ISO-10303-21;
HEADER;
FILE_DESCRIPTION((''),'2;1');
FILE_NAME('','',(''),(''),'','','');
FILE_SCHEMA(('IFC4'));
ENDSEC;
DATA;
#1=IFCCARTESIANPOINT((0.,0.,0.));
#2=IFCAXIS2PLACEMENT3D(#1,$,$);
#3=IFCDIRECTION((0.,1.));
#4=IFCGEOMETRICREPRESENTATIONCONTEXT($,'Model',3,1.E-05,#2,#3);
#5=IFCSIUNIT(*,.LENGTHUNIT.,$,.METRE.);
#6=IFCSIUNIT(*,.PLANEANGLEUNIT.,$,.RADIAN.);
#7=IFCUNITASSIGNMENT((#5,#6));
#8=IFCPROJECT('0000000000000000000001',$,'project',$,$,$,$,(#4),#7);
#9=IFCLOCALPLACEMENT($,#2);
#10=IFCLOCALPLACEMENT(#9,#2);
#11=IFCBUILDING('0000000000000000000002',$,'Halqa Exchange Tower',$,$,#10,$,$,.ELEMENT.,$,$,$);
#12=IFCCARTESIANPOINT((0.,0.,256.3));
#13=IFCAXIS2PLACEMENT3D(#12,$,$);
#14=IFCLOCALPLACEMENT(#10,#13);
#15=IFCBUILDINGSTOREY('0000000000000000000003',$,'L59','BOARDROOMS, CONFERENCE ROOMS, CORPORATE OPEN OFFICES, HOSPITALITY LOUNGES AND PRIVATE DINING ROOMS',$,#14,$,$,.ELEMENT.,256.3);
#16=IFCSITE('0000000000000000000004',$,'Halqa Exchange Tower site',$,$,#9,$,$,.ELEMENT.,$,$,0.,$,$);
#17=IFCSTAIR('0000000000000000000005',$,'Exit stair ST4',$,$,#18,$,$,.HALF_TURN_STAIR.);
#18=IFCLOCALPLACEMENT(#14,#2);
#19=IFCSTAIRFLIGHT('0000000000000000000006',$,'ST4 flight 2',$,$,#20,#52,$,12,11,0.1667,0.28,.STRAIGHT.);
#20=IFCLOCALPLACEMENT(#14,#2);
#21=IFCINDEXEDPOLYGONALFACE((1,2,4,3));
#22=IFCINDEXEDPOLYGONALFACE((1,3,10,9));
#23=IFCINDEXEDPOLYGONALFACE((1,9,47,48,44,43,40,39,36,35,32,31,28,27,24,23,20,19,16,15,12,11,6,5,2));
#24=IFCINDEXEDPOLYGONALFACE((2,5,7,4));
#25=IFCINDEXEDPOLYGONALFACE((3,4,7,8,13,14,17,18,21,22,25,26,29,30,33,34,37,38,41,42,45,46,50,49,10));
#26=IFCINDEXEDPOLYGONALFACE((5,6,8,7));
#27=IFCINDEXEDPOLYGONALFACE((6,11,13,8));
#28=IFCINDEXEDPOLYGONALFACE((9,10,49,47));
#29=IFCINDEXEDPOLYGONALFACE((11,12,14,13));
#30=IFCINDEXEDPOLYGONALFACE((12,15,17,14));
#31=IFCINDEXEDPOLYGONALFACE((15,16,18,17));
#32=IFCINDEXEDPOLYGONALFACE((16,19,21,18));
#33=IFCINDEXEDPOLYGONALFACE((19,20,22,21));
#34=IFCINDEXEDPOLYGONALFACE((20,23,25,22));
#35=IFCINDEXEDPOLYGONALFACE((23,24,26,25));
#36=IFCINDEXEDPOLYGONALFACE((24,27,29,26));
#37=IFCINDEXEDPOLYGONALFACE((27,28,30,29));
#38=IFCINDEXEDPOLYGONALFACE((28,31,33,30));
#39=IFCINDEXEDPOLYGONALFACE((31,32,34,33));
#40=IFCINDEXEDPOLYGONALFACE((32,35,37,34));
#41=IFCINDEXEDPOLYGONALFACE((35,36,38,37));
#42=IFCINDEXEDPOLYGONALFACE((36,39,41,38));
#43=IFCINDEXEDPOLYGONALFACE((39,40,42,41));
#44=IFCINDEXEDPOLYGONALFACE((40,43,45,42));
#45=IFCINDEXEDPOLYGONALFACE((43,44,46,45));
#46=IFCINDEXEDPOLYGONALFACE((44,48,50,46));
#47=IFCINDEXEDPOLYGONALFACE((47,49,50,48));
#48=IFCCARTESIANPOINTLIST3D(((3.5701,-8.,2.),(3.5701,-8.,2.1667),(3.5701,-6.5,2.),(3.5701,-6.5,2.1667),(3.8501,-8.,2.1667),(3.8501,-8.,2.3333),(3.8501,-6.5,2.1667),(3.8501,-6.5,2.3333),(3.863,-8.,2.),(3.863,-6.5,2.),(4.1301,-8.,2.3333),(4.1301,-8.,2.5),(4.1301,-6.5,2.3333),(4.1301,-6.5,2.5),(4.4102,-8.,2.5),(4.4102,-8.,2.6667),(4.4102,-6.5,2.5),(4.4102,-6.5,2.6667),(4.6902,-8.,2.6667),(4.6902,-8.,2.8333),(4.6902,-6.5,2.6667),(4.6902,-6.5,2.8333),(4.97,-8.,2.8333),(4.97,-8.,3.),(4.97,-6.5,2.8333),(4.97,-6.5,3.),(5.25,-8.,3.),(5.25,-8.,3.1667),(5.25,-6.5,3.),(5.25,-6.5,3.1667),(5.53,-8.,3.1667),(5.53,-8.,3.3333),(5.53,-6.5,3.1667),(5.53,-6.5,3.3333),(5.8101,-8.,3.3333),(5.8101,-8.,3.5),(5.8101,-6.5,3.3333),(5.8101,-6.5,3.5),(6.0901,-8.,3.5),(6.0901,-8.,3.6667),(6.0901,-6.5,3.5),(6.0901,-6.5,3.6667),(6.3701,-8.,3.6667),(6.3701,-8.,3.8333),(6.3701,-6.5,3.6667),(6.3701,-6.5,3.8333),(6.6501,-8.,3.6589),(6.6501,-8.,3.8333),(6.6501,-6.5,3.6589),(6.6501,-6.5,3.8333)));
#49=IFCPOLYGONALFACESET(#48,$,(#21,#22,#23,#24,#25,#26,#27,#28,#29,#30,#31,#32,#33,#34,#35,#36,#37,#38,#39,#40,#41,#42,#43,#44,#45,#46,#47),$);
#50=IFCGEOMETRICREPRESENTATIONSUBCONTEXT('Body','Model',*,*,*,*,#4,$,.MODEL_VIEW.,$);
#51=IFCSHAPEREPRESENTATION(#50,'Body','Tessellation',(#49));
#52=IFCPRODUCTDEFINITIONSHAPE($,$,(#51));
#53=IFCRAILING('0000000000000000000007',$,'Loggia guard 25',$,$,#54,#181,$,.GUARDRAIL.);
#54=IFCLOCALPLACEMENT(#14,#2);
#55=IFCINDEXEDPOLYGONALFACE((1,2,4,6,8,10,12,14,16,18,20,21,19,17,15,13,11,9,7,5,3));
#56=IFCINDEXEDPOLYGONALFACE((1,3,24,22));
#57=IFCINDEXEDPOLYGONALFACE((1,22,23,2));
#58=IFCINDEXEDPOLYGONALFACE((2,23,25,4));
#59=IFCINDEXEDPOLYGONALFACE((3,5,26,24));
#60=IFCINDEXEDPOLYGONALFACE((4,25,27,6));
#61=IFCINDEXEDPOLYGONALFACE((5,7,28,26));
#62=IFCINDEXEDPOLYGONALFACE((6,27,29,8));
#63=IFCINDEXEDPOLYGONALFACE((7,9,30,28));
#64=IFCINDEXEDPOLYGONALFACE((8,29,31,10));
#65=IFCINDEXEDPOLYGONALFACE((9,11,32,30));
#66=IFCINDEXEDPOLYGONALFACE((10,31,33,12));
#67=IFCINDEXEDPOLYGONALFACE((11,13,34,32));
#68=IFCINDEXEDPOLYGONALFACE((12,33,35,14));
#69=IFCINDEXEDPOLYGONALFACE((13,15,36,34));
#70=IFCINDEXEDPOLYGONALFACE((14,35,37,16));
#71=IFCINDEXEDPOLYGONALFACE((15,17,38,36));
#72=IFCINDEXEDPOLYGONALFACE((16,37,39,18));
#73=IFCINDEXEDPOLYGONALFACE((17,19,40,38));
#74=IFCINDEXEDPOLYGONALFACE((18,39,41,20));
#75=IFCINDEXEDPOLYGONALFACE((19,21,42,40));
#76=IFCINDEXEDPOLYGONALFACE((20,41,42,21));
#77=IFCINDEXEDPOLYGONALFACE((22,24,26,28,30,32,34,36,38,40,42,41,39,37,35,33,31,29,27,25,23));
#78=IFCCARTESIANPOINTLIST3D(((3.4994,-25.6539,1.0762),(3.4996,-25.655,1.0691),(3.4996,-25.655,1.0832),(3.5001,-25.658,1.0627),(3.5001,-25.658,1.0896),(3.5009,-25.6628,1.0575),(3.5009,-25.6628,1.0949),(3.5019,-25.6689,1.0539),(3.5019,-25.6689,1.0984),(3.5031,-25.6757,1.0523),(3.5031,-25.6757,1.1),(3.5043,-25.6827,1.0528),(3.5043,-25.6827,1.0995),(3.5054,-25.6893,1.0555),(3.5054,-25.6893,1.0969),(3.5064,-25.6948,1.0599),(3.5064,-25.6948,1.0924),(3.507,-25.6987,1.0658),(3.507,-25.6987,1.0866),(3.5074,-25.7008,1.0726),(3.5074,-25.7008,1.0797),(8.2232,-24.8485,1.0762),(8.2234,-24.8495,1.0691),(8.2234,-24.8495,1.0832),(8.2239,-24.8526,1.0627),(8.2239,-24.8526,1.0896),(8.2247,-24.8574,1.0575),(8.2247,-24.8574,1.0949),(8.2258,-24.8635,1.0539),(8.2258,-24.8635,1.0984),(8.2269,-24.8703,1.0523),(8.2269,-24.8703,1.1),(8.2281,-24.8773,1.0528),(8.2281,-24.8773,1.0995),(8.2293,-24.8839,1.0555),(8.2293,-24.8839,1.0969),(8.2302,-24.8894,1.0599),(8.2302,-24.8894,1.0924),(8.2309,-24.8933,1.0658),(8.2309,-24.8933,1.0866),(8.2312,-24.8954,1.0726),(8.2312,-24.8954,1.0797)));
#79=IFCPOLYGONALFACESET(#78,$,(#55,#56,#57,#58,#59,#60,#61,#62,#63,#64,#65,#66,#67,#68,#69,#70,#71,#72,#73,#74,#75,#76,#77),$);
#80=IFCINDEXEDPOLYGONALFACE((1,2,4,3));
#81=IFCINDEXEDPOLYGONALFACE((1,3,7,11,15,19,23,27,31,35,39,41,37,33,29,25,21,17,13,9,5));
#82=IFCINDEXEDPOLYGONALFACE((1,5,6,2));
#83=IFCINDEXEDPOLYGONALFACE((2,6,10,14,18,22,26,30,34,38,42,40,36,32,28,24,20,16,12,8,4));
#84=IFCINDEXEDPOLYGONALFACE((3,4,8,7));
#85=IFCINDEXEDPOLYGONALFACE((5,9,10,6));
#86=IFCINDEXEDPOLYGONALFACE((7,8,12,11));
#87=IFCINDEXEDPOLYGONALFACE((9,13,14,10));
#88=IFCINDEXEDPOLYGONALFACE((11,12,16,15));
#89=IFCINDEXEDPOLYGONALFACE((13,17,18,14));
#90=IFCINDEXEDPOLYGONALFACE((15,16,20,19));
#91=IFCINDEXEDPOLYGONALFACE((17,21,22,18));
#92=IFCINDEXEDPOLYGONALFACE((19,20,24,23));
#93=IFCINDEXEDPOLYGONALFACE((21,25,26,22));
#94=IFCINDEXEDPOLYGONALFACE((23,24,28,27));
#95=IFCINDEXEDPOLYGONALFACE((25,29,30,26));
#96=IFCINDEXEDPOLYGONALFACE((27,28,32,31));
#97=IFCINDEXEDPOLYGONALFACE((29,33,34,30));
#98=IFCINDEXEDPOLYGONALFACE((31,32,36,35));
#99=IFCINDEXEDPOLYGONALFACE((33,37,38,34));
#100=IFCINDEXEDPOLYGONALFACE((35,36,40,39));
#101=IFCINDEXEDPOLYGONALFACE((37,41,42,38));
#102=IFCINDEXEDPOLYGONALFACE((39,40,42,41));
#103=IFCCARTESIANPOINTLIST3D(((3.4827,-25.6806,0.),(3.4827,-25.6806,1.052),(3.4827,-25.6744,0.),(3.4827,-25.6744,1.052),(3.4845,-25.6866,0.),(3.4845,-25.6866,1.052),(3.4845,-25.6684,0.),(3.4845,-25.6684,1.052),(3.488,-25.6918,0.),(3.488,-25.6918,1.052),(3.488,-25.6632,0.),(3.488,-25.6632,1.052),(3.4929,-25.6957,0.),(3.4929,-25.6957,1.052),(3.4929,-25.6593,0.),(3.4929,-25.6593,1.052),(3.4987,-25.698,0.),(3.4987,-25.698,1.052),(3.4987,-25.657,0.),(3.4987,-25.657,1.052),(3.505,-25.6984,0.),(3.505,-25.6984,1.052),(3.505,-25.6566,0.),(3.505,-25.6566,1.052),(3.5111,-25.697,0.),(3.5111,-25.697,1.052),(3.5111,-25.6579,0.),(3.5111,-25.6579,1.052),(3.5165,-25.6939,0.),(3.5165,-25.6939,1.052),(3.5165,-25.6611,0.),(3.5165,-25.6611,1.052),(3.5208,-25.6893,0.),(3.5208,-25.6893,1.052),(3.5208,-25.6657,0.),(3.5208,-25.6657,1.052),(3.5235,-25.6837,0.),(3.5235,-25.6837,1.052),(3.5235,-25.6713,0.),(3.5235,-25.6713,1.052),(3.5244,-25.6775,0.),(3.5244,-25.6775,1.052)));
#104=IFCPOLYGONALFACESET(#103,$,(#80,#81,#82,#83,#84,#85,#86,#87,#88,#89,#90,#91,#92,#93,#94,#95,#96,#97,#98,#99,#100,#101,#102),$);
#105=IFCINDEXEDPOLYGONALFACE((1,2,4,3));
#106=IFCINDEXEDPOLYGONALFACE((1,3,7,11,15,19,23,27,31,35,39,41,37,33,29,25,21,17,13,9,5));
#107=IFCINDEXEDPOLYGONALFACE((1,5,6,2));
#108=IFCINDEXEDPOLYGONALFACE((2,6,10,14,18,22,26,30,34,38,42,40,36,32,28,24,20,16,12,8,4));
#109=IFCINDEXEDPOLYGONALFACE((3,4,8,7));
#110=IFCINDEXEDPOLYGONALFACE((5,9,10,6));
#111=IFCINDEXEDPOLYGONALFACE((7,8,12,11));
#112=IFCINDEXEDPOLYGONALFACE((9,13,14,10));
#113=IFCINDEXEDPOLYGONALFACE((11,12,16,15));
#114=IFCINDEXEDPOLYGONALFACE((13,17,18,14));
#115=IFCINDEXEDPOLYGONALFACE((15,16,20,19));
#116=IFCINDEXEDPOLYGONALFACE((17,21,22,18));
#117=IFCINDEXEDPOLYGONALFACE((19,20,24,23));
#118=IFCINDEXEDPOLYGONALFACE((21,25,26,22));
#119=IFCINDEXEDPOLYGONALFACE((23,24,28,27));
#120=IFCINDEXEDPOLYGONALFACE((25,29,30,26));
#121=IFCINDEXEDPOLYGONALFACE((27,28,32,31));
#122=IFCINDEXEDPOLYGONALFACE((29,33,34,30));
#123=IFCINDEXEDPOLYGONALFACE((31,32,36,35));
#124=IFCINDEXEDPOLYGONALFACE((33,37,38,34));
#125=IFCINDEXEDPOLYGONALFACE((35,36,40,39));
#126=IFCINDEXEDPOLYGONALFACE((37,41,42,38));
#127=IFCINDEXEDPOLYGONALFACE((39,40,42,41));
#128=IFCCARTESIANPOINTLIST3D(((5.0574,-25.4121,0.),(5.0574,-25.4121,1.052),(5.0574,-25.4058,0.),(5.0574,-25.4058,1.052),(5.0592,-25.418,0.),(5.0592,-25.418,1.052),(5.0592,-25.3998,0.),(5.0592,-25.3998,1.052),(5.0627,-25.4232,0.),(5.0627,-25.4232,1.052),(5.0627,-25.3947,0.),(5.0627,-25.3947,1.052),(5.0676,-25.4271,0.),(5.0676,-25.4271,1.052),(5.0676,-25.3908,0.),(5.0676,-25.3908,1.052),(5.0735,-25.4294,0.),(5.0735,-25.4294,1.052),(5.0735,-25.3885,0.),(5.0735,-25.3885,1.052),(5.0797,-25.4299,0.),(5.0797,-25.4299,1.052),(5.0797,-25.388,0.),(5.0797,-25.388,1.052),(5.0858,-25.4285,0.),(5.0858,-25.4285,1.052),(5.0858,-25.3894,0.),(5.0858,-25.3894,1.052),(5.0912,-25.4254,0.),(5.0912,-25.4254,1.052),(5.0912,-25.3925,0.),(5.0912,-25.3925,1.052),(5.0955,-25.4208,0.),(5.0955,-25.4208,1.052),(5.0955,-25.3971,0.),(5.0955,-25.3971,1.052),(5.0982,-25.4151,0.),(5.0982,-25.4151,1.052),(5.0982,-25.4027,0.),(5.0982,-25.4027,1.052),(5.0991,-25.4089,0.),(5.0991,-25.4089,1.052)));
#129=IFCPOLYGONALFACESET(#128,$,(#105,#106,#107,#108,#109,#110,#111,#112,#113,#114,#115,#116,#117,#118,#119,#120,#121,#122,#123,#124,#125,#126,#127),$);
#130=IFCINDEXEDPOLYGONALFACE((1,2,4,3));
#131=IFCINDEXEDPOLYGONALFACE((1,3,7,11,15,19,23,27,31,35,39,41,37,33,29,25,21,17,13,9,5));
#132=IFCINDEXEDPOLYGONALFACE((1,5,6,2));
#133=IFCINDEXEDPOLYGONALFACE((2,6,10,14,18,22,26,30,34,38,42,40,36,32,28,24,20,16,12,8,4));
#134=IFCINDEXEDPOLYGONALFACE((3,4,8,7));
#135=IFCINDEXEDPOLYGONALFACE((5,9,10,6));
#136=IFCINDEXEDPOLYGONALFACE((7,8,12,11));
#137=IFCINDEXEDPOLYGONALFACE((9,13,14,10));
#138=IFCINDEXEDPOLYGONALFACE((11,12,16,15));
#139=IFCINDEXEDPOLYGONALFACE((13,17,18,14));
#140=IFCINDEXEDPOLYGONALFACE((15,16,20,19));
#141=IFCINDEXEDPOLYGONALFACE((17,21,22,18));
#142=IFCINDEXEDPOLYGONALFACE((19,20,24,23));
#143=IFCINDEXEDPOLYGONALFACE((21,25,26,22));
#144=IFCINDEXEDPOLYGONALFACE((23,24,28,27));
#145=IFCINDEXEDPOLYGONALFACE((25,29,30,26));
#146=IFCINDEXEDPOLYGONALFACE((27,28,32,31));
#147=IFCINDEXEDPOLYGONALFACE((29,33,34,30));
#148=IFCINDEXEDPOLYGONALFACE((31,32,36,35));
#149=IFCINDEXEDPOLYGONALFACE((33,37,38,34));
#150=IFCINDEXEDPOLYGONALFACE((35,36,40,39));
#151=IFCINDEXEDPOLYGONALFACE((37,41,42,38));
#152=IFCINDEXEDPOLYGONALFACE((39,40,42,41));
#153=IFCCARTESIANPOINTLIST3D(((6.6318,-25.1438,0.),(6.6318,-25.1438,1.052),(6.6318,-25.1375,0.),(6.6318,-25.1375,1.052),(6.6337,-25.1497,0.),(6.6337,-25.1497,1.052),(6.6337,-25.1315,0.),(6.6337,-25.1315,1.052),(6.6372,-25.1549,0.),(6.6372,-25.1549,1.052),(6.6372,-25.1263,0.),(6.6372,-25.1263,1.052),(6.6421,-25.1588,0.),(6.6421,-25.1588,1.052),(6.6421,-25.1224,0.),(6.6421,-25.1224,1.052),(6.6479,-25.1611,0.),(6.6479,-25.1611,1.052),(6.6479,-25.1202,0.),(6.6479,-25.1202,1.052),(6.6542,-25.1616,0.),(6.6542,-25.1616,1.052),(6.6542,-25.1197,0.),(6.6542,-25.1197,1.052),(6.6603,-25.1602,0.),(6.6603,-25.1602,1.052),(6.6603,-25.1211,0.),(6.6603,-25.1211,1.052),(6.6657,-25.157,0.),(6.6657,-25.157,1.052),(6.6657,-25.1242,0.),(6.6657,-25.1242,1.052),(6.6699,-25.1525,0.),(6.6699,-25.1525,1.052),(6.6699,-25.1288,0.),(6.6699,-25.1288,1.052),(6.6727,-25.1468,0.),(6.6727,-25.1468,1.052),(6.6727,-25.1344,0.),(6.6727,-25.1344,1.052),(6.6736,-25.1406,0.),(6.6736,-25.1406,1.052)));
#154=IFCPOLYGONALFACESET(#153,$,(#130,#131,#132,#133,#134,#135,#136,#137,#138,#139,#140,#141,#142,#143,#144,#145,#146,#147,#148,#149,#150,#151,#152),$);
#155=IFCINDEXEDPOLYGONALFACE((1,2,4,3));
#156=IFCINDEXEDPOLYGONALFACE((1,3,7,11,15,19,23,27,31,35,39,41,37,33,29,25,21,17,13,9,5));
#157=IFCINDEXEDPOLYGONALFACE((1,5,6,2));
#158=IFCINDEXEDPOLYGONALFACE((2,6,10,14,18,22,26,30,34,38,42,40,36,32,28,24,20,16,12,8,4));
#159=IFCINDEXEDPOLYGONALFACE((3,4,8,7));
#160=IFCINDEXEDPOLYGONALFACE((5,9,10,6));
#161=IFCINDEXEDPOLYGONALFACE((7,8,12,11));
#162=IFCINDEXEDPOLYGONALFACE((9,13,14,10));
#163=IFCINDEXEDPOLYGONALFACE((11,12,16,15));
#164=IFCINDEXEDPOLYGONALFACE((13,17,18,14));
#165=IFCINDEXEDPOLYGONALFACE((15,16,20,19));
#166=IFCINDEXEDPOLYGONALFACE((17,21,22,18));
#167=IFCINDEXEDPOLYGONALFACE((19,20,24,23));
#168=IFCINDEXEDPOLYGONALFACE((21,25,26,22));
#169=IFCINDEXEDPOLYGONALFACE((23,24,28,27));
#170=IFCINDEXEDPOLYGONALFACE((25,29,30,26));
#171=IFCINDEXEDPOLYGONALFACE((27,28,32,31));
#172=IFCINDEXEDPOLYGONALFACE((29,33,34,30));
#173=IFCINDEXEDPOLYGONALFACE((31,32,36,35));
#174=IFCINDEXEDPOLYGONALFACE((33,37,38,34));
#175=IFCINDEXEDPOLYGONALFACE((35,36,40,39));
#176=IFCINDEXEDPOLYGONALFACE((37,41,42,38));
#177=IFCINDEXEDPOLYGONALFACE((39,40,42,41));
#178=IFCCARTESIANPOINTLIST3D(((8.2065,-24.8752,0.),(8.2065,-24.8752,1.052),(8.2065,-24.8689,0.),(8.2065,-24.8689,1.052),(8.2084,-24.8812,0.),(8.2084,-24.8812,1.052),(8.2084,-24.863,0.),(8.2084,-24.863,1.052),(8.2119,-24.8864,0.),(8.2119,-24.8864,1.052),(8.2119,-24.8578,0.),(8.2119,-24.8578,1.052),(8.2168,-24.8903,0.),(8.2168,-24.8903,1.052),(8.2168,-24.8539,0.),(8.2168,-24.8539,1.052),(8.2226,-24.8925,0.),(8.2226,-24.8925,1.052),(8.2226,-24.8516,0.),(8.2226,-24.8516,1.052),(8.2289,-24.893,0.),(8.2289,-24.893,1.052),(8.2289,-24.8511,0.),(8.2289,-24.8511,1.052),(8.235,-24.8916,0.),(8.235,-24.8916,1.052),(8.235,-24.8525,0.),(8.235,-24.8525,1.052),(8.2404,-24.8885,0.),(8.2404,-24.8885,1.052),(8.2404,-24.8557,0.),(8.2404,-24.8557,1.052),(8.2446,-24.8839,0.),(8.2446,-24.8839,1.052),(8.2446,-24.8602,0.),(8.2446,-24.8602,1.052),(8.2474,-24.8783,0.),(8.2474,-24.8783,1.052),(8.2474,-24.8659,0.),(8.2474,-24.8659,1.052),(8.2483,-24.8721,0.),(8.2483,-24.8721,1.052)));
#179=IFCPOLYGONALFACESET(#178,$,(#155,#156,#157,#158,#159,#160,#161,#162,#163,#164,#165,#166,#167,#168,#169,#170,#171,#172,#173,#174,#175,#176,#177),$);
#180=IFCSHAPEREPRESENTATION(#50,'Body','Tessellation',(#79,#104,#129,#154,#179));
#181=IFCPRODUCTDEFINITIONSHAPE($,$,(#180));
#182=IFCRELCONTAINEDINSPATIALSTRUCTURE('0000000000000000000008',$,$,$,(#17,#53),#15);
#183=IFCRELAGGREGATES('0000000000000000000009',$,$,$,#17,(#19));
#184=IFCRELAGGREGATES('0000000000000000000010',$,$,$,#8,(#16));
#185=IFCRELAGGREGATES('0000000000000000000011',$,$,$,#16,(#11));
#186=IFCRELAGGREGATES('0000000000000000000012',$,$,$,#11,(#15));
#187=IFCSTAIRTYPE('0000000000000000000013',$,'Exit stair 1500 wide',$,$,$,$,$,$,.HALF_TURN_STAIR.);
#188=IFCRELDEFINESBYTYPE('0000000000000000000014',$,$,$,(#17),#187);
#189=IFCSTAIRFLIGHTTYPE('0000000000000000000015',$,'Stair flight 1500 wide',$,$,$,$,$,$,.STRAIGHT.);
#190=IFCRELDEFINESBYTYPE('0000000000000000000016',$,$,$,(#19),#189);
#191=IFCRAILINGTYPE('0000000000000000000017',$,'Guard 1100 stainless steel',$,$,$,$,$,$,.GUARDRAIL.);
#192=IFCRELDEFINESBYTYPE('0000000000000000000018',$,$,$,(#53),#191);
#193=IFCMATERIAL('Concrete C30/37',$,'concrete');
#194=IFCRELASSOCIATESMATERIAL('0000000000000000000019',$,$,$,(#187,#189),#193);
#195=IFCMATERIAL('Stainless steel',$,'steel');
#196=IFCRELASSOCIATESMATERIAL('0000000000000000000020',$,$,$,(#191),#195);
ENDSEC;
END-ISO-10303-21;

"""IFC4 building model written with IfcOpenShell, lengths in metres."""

from ifc_helpers import new_model, si_unit, direction, frame, origin, origin_2d, place, context, subcontext, project, spatial, polyline, circle, outline, extrude, material, type_object, element, aggregate, save


model = new_model("IFC4")

# Units and contexts
model_context = context("Model", 3, precision=1e-05, world=origin(), true_north=direction((0.0, 1.0)))
body_context = subcontext(model_context, "Body", "Model", "MODEL_VIEW")
ifc_project = project(units=[si_unit("LENGTHUNIT", "METRE"), si_unit("PLANEANGLEUNIT", "RADIAN")], contexts=[model_context])

# Site, building, storey
site_placement = place(None, origin())
site = spatial("IfcSite", under=ifc_project, at=site_placement, Name="Halqa Exchange Tower site", CompositionType="ELEMENT", RefElevation=0.0)
building_placement = place(site_placement, origin())
building = spatial("IfcBuilding", under=site, at=building_placement, Name="Halqa Exchange Tower", CompositionType="ELEMENT")
storey_placement = place(building_placement, frame((0.0, 0.0, 256.3)))
storey = spatial("IfcBuildingStorey", under=building, at=storey_placement, Name="L59", Description="BOARDROOMS, CONFERENCE ROOMS, CORPORATE OPEN OFFICES, HOSPITALITY LOUNGES AND PRIVATE DINING ROOMS", CompositionType="ELEMENT", Elevation=256.3)

# Shared definitions
ifc_material_1 = material(Name="Concrete C30/37", Category="concrete")

# Stair, stair flight
stair_type = type_object("IfcStairType", Name="Exit stair 1500 wide", PredefinedType="HALF_TURN_STAIR", material=ifc_material_1)
stair_placement = place(storey_placement, origin())
stair = element("IfcStair", 1, at=stair_placement, inside=storey, type_object=stair_type, Name="Exit stair ST4", PredefinedType="HALF_TURN_STAIR")
stair_flight_type = type_object("IfcStairFlightType", Name="Stair flight 1500 wide", PredefinedType="STRAIGHT", material=ifc_material_1)
stair_flight_1_placement = place(storey_placement, frame((3.5701, -7.25, 2.0), z_axis=(0.0, 0.0, 1.0), x_axis=(1.0, 0.0, 0.0)))
stair_flight_1 = element("IfcStairFlight", 2, at=stair_flight_1_placement, type_object=stair_flight_type, Name="ST4 flight 2", NumberOfRisers=12, NumberOfTreads=11, PredefinedType="STRAIGHT", RiserHeight=0.1667, TreadLength=0.28, context=body_context, shape_type="SweptSolid", body=[
    extrude(outline(polyline([(0.0, 0.0), (0.0, 0.1667), (0.28, 0.1667), (0.28, 0.3333), (0.5601, 0.3333), (0.5601, 0.5), (0.8401, 0.5), (0.8401, 0.6667), (1.1201, 0.6667), (1.1201, 0.8333), (1.3999, 0.8333), (1.3999, 1.0), (1.6799, 1.0), (1.6799, 1.1667), (1.96, 1.1667), (1.96, 1.3333), (2.24, 1.3333), (2.24, 1.5), (2.52, 1.5), (2.52, 1.6667), (2.8, 1.6667), (2.8, 1.8333), (3.0801, 1.8333), (3.0801, 2.0), (3.0801, 1.6589), (0.293, 0.0), (0.0, 0.0)])), frame((0.0, 0.75, 0.0), z_axis=(0.0, -1.0, 0.0), x_axis=(1.0, 0.0, 0.0)), (0.0, 0.0, 1.0), 1.5),
])
aggregate(stair, [stair_flight_1])

# Railing
ifc_material_2 = material(Name="Stainless steel", Category="steel")
railing_type_1 = type_object("IfcRailingType", Name="Guard 1100 stainless steel", PredefinedType="GUARDRAIL", material=ifc_material_2)
railing_1_placement = place(storey_placement, frame((3.5034, -25.6775, 0.0)))
element("IfcRailing", 3, at=railing_1_placement, inside=storey, type_object=railing_type_1, Name="Loggia guard 25", PredefinedType="GUARDRAIL", context=body_context, shape_type="SweptSolid", body=[
    extrude(circle(Radius=0.0239, at=origin_2d()), frame((0.0, 0.0, 1.0762), z_axis=(0.985774, 0.168074, 0.0), x_axis=(-0.168074, 0.985774, 0.0)), (0.0, 0.0, 1.0), 4.792),
    extrude(circle(Radius=0.021, at=origin_2d()), origin(), (0.0, 0.0, 1.0), 1.052),
    extrude(circle(Radius=0.021, at=origin_2d()), frame((1.5747, 0.2686, 0.0)), (0.0, 0.0, 1.0), 1.052),
    extrude(circle(Radius=0.021, at=origin_2d()), frame((3.1492, 0.5369, 0.0)), (0.0, 0.0, 1.0), 1.052),
    extrude(circle(Radius=0.021, at=origin_2d()), frame((4.7239, 0.8054, 0.0)), (0.0, 0.0, 1.0), 1.052),
])

save(model, "model.ifc")
